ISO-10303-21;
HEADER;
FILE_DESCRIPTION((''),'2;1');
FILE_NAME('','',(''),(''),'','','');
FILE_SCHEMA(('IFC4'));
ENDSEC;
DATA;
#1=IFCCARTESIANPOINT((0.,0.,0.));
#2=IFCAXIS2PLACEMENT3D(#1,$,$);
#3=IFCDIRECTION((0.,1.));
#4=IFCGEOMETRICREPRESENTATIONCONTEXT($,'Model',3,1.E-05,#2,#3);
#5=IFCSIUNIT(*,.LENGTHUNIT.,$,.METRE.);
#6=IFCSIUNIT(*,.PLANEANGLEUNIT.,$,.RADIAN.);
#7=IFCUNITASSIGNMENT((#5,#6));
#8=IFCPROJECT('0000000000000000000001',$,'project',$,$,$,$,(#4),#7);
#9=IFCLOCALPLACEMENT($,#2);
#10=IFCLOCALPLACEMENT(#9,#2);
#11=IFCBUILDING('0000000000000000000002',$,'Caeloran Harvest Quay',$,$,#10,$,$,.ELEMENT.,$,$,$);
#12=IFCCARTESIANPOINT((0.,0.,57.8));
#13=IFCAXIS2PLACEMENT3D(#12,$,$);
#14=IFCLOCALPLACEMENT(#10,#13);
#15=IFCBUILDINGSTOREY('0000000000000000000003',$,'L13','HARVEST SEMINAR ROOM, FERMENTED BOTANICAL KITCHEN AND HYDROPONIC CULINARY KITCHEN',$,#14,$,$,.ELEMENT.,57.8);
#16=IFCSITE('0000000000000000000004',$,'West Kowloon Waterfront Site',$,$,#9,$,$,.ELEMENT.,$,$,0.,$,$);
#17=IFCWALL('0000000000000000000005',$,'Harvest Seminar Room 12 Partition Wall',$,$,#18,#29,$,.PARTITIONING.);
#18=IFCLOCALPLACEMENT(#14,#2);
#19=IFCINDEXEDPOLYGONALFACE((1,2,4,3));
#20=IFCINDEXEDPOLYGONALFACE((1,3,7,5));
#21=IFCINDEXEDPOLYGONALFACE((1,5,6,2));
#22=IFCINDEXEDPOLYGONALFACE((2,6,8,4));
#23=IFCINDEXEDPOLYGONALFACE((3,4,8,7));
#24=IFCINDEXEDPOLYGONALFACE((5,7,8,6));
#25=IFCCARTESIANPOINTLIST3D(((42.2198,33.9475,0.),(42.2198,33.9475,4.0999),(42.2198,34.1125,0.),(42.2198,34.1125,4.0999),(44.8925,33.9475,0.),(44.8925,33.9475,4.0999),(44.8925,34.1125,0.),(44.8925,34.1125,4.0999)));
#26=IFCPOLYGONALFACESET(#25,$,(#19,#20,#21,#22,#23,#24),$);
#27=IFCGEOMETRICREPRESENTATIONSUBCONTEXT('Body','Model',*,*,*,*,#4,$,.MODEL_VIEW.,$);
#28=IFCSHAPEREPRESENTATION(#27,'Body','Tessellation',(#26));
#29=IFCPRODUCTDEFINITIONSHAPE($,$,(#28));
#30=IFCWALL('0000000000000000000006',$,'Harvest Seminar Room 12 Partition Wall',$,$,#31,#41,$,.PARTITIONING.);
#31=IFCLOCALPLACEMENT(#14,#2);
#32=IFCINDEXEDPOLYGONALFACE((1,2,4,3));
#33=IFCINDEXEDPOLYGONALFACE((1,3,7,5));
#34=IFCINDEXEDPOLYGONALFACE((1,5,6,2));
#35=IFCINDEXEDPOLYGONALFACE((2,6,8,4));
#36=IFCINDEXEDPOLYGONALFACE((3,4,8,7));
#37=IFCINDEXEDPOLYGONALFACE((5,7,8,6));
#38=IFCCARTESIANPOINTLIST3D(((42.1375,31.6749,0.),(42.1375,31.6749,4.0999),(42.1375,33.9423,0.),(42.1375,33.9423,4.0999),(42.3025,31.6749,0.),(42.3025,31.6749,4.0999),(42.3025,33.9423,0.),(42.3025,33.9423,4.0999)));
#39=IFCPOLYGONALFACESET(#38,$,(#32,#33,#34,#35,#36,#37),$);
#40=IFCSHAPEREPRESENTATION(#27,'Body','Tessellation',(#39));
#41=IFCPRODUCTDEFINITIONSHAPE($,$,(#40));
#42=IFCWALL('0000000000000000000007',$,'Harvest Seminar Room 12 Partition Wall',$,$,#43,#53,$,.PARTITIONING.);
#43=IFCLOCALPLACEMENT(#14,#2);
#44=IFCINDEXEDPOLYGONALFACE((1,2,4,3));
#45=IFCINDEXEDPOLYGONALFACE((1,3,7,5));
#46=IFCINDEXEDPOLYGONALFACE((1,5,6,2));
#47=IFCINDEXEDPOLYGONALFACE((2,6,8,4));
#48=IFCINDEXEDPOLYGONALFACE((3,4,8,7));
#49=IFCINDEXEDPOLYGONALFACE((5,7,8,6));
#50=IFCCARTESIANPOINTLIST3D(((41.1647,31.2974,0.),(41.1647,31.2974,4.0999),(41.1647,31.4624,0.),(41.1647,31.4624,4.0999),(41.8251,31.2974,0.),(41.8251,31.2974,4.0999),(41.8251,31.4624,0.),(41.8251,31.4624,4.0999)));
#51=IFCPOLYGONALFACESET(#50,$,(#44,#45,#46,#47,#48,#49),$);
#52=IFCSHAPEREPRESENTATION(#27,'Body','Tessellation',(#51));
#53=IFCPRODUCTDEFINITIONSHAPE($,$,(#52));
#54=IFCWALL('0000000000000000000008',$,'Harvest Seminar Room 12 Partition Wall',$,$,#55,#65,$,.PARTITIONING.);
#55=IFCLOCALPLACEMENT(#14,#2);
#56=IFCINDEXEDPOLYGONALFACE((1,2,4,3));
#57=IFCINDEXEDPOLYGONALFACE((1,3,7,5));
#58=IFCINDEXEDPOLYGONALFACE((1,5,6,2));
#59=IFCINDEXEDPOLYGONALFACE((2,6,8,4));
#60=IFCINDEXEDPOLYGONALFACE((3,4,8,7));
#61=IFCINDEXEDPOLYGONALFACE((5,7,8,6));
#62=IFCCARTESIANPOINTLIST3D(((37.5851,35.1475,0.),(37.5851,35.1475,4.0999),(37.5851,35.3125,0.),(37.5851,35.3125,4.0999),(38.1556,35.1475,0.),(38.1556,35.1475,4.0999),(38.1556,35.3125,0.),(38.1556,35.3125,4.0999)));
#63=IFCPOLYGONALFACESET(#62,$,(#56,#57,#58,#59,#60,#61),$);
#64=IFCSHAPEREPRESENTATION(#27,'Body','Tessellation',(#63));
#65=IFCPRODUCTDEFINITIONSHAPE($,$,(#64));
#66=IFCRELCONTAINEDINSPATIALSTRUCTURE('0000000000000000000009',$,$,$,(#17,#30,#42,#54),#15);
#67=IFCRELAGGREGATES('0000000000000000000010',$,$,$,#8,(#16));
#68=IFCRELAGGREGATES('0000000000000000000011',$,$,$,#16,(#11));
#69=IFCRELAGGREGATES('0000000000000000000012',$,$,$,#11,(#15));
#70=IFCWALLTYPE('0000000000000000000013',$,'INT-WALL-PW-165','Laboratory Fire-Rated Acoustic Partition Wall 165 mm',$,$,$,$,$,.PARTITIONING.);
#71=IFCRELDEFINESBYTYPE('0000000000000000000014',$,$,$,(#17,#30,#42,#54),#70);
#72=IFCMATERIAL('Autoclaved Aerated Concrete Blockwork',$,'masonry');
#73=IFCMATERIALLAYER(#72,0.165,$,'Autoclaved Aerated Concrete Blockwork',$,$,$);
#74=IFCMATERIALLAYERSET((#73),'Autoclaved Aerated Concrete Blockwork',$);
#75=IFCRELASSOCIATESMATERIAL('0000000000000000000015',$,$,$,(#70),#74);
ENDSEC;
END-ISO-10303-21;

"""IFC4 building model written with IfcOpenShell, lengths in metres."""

from ifc_helpers import new_model, si_unit, direction, frame, frame_2d, origin, place, context, subcontext, project, spatial, rectangle, extrude, material, layer, layer_set, type_object, element, save


model = new_model("IFC4")

# Units and contexts
model_context = context("Model", 3, precision=1e-05, world=origin(), true_north=direction((0.0, 1.0)))
body_context = subcontext(model_context, "Body", "Model", "MODEL_VIEW")
ifc_project = project(units=[si_unit("LENGTHUNIT", "METRE"), si_unit("PLANEANGLEUNIT", "RADIAN")], contexts=[model_context])

# Site, building, storey
site_placement = place(None, origin())
site = spatial("IfcSite", under=ifc_project, at=site_placement, Name="West Kowloon Waterfront Site", CompositionType="ELEMENT", RefElevation=0.0)
building_placement = place(site_placement, origin())
building = spatial("IfcBuilding", under=site, at=building_placement, Name="Caeloran Harvest Quay", CompositionType="ELEMENT")
storey_placement = place(building_placement, frame((0.0, 0.0, 57.8)))
storey = spatial("IfcBuildingStorey", under=building, at=storey_placement, Name="L13", Description="HARVEST SEMINAR ROOM, FERMENTED BOTANICAL KITCHEN AND HYDROPONIC CULINARY KITCHEN", CompositionType="ELEMENT", Elevation=57.8)

# Walls
ifc_material_1 = material(Name="Autoclaved Aerated Concrete Blockwork", Category="masonry")
ifc_layer_1 = layer(ifc_material_1, 0.165, Name="Autoclaved Aerated Concrete Blockwork")
ifc_layer_set_1 = layer_set([ifc_layer_1], Name="Autoclaved Aerated Concrete Blockwork")
wall_type_1 = type_object("IfcWallType", Name="INT-WALL-PW-165", Description="Laboratory Fire-Rated Acoustic Partition Wall 165 mm", PredefinedType="PARTITIONING", material=ifc_layer_set_1)
wall_1_placement = place(storey_placement, frame((44.8926, 34.03, 0.0), z_axis=(0.0, 0.0, 1.0), x_axis=(-1.0, 0.0, 0.0)))
element("IfcWall", 1, at=wall_1_placement, inside=storey, type_object=wall_type_1, Name="Harvest Seminar Room 12 Partition Wall", PredefinedType="PARTITIONING", context=body_context, shape_type="SweptSolid", body=[
    extrude(rectangle(XDim=2.6726, YDim=0.165, at=frame_2d((1.3364, 0.0))), origin(), (0.0, 0.0, 1.0), 4.0999),
])
wall_2_placement = place(storey_placement, frame((42.22, 33.9424, 0.0), z_axis=(0.0, 0.0, 1.0), x_axis=(0.0, -1.0, 0.0)))
element("IfcWall", 2, at=wall_2_placement, inside=storey, type_object=wall_type_1, Name="Harvest Seminar Room 12 Partition Wall", PredefinedType="PARTITIONING", context=body_context, shape_type="SweptSolid", body=[
    extrude(rectangle(XDim=2.2673, YDim=0.165, at=frame_2d((1.1338, 0.0))), origin(), (0.0, 0.0, 1.0), 4.0999),
])
wall_3_placement = place(storey_placement, frame((41.825, 31.3799, 0.0), z_axis=(0.0, 0.0, 1.0), x_axis=(-1.0, 0.0, 0.0)))
element("IfcWall", 3, at=wall_3_placement, inside=storey, type_object=wall_type_1, Name="Harvest Seminar Room 12 Partition Wall", PredefinedType="PARTITIONING", context=body_context, shape_type="SweptSolid", body=[
    extrude(rectangle(XDim=0.6604, YDim=0.165, at=frame_2d((0.3301, 0.0))), origin(), (0.0, 0.0, 1.0), 4.0999),
])
wall_4_placement = place(storey_placement, frame((38.1555, 35.23, 0.0), z_axis=(0.0, 0.0, 1.0), x_axis=(-1.0, 0.0, 0.0)))
element("IfcWall", 4, at=wall_4_placement, inside=storey, type_object=wall_type_1, Name="Harvest Seminar Room 12 Partition Wall", PredefinedType="PARTITIONING", context=body_context, shape_type="SweptSolid", body=[
    extrude(rectangle(XDim=0.5706, YDim=0.165, at=frame_2d((0.2852, 0.0))), origin(), (0.0, 0.0, 1.0), 4.0999),
])

save(model, "model.ifc")
